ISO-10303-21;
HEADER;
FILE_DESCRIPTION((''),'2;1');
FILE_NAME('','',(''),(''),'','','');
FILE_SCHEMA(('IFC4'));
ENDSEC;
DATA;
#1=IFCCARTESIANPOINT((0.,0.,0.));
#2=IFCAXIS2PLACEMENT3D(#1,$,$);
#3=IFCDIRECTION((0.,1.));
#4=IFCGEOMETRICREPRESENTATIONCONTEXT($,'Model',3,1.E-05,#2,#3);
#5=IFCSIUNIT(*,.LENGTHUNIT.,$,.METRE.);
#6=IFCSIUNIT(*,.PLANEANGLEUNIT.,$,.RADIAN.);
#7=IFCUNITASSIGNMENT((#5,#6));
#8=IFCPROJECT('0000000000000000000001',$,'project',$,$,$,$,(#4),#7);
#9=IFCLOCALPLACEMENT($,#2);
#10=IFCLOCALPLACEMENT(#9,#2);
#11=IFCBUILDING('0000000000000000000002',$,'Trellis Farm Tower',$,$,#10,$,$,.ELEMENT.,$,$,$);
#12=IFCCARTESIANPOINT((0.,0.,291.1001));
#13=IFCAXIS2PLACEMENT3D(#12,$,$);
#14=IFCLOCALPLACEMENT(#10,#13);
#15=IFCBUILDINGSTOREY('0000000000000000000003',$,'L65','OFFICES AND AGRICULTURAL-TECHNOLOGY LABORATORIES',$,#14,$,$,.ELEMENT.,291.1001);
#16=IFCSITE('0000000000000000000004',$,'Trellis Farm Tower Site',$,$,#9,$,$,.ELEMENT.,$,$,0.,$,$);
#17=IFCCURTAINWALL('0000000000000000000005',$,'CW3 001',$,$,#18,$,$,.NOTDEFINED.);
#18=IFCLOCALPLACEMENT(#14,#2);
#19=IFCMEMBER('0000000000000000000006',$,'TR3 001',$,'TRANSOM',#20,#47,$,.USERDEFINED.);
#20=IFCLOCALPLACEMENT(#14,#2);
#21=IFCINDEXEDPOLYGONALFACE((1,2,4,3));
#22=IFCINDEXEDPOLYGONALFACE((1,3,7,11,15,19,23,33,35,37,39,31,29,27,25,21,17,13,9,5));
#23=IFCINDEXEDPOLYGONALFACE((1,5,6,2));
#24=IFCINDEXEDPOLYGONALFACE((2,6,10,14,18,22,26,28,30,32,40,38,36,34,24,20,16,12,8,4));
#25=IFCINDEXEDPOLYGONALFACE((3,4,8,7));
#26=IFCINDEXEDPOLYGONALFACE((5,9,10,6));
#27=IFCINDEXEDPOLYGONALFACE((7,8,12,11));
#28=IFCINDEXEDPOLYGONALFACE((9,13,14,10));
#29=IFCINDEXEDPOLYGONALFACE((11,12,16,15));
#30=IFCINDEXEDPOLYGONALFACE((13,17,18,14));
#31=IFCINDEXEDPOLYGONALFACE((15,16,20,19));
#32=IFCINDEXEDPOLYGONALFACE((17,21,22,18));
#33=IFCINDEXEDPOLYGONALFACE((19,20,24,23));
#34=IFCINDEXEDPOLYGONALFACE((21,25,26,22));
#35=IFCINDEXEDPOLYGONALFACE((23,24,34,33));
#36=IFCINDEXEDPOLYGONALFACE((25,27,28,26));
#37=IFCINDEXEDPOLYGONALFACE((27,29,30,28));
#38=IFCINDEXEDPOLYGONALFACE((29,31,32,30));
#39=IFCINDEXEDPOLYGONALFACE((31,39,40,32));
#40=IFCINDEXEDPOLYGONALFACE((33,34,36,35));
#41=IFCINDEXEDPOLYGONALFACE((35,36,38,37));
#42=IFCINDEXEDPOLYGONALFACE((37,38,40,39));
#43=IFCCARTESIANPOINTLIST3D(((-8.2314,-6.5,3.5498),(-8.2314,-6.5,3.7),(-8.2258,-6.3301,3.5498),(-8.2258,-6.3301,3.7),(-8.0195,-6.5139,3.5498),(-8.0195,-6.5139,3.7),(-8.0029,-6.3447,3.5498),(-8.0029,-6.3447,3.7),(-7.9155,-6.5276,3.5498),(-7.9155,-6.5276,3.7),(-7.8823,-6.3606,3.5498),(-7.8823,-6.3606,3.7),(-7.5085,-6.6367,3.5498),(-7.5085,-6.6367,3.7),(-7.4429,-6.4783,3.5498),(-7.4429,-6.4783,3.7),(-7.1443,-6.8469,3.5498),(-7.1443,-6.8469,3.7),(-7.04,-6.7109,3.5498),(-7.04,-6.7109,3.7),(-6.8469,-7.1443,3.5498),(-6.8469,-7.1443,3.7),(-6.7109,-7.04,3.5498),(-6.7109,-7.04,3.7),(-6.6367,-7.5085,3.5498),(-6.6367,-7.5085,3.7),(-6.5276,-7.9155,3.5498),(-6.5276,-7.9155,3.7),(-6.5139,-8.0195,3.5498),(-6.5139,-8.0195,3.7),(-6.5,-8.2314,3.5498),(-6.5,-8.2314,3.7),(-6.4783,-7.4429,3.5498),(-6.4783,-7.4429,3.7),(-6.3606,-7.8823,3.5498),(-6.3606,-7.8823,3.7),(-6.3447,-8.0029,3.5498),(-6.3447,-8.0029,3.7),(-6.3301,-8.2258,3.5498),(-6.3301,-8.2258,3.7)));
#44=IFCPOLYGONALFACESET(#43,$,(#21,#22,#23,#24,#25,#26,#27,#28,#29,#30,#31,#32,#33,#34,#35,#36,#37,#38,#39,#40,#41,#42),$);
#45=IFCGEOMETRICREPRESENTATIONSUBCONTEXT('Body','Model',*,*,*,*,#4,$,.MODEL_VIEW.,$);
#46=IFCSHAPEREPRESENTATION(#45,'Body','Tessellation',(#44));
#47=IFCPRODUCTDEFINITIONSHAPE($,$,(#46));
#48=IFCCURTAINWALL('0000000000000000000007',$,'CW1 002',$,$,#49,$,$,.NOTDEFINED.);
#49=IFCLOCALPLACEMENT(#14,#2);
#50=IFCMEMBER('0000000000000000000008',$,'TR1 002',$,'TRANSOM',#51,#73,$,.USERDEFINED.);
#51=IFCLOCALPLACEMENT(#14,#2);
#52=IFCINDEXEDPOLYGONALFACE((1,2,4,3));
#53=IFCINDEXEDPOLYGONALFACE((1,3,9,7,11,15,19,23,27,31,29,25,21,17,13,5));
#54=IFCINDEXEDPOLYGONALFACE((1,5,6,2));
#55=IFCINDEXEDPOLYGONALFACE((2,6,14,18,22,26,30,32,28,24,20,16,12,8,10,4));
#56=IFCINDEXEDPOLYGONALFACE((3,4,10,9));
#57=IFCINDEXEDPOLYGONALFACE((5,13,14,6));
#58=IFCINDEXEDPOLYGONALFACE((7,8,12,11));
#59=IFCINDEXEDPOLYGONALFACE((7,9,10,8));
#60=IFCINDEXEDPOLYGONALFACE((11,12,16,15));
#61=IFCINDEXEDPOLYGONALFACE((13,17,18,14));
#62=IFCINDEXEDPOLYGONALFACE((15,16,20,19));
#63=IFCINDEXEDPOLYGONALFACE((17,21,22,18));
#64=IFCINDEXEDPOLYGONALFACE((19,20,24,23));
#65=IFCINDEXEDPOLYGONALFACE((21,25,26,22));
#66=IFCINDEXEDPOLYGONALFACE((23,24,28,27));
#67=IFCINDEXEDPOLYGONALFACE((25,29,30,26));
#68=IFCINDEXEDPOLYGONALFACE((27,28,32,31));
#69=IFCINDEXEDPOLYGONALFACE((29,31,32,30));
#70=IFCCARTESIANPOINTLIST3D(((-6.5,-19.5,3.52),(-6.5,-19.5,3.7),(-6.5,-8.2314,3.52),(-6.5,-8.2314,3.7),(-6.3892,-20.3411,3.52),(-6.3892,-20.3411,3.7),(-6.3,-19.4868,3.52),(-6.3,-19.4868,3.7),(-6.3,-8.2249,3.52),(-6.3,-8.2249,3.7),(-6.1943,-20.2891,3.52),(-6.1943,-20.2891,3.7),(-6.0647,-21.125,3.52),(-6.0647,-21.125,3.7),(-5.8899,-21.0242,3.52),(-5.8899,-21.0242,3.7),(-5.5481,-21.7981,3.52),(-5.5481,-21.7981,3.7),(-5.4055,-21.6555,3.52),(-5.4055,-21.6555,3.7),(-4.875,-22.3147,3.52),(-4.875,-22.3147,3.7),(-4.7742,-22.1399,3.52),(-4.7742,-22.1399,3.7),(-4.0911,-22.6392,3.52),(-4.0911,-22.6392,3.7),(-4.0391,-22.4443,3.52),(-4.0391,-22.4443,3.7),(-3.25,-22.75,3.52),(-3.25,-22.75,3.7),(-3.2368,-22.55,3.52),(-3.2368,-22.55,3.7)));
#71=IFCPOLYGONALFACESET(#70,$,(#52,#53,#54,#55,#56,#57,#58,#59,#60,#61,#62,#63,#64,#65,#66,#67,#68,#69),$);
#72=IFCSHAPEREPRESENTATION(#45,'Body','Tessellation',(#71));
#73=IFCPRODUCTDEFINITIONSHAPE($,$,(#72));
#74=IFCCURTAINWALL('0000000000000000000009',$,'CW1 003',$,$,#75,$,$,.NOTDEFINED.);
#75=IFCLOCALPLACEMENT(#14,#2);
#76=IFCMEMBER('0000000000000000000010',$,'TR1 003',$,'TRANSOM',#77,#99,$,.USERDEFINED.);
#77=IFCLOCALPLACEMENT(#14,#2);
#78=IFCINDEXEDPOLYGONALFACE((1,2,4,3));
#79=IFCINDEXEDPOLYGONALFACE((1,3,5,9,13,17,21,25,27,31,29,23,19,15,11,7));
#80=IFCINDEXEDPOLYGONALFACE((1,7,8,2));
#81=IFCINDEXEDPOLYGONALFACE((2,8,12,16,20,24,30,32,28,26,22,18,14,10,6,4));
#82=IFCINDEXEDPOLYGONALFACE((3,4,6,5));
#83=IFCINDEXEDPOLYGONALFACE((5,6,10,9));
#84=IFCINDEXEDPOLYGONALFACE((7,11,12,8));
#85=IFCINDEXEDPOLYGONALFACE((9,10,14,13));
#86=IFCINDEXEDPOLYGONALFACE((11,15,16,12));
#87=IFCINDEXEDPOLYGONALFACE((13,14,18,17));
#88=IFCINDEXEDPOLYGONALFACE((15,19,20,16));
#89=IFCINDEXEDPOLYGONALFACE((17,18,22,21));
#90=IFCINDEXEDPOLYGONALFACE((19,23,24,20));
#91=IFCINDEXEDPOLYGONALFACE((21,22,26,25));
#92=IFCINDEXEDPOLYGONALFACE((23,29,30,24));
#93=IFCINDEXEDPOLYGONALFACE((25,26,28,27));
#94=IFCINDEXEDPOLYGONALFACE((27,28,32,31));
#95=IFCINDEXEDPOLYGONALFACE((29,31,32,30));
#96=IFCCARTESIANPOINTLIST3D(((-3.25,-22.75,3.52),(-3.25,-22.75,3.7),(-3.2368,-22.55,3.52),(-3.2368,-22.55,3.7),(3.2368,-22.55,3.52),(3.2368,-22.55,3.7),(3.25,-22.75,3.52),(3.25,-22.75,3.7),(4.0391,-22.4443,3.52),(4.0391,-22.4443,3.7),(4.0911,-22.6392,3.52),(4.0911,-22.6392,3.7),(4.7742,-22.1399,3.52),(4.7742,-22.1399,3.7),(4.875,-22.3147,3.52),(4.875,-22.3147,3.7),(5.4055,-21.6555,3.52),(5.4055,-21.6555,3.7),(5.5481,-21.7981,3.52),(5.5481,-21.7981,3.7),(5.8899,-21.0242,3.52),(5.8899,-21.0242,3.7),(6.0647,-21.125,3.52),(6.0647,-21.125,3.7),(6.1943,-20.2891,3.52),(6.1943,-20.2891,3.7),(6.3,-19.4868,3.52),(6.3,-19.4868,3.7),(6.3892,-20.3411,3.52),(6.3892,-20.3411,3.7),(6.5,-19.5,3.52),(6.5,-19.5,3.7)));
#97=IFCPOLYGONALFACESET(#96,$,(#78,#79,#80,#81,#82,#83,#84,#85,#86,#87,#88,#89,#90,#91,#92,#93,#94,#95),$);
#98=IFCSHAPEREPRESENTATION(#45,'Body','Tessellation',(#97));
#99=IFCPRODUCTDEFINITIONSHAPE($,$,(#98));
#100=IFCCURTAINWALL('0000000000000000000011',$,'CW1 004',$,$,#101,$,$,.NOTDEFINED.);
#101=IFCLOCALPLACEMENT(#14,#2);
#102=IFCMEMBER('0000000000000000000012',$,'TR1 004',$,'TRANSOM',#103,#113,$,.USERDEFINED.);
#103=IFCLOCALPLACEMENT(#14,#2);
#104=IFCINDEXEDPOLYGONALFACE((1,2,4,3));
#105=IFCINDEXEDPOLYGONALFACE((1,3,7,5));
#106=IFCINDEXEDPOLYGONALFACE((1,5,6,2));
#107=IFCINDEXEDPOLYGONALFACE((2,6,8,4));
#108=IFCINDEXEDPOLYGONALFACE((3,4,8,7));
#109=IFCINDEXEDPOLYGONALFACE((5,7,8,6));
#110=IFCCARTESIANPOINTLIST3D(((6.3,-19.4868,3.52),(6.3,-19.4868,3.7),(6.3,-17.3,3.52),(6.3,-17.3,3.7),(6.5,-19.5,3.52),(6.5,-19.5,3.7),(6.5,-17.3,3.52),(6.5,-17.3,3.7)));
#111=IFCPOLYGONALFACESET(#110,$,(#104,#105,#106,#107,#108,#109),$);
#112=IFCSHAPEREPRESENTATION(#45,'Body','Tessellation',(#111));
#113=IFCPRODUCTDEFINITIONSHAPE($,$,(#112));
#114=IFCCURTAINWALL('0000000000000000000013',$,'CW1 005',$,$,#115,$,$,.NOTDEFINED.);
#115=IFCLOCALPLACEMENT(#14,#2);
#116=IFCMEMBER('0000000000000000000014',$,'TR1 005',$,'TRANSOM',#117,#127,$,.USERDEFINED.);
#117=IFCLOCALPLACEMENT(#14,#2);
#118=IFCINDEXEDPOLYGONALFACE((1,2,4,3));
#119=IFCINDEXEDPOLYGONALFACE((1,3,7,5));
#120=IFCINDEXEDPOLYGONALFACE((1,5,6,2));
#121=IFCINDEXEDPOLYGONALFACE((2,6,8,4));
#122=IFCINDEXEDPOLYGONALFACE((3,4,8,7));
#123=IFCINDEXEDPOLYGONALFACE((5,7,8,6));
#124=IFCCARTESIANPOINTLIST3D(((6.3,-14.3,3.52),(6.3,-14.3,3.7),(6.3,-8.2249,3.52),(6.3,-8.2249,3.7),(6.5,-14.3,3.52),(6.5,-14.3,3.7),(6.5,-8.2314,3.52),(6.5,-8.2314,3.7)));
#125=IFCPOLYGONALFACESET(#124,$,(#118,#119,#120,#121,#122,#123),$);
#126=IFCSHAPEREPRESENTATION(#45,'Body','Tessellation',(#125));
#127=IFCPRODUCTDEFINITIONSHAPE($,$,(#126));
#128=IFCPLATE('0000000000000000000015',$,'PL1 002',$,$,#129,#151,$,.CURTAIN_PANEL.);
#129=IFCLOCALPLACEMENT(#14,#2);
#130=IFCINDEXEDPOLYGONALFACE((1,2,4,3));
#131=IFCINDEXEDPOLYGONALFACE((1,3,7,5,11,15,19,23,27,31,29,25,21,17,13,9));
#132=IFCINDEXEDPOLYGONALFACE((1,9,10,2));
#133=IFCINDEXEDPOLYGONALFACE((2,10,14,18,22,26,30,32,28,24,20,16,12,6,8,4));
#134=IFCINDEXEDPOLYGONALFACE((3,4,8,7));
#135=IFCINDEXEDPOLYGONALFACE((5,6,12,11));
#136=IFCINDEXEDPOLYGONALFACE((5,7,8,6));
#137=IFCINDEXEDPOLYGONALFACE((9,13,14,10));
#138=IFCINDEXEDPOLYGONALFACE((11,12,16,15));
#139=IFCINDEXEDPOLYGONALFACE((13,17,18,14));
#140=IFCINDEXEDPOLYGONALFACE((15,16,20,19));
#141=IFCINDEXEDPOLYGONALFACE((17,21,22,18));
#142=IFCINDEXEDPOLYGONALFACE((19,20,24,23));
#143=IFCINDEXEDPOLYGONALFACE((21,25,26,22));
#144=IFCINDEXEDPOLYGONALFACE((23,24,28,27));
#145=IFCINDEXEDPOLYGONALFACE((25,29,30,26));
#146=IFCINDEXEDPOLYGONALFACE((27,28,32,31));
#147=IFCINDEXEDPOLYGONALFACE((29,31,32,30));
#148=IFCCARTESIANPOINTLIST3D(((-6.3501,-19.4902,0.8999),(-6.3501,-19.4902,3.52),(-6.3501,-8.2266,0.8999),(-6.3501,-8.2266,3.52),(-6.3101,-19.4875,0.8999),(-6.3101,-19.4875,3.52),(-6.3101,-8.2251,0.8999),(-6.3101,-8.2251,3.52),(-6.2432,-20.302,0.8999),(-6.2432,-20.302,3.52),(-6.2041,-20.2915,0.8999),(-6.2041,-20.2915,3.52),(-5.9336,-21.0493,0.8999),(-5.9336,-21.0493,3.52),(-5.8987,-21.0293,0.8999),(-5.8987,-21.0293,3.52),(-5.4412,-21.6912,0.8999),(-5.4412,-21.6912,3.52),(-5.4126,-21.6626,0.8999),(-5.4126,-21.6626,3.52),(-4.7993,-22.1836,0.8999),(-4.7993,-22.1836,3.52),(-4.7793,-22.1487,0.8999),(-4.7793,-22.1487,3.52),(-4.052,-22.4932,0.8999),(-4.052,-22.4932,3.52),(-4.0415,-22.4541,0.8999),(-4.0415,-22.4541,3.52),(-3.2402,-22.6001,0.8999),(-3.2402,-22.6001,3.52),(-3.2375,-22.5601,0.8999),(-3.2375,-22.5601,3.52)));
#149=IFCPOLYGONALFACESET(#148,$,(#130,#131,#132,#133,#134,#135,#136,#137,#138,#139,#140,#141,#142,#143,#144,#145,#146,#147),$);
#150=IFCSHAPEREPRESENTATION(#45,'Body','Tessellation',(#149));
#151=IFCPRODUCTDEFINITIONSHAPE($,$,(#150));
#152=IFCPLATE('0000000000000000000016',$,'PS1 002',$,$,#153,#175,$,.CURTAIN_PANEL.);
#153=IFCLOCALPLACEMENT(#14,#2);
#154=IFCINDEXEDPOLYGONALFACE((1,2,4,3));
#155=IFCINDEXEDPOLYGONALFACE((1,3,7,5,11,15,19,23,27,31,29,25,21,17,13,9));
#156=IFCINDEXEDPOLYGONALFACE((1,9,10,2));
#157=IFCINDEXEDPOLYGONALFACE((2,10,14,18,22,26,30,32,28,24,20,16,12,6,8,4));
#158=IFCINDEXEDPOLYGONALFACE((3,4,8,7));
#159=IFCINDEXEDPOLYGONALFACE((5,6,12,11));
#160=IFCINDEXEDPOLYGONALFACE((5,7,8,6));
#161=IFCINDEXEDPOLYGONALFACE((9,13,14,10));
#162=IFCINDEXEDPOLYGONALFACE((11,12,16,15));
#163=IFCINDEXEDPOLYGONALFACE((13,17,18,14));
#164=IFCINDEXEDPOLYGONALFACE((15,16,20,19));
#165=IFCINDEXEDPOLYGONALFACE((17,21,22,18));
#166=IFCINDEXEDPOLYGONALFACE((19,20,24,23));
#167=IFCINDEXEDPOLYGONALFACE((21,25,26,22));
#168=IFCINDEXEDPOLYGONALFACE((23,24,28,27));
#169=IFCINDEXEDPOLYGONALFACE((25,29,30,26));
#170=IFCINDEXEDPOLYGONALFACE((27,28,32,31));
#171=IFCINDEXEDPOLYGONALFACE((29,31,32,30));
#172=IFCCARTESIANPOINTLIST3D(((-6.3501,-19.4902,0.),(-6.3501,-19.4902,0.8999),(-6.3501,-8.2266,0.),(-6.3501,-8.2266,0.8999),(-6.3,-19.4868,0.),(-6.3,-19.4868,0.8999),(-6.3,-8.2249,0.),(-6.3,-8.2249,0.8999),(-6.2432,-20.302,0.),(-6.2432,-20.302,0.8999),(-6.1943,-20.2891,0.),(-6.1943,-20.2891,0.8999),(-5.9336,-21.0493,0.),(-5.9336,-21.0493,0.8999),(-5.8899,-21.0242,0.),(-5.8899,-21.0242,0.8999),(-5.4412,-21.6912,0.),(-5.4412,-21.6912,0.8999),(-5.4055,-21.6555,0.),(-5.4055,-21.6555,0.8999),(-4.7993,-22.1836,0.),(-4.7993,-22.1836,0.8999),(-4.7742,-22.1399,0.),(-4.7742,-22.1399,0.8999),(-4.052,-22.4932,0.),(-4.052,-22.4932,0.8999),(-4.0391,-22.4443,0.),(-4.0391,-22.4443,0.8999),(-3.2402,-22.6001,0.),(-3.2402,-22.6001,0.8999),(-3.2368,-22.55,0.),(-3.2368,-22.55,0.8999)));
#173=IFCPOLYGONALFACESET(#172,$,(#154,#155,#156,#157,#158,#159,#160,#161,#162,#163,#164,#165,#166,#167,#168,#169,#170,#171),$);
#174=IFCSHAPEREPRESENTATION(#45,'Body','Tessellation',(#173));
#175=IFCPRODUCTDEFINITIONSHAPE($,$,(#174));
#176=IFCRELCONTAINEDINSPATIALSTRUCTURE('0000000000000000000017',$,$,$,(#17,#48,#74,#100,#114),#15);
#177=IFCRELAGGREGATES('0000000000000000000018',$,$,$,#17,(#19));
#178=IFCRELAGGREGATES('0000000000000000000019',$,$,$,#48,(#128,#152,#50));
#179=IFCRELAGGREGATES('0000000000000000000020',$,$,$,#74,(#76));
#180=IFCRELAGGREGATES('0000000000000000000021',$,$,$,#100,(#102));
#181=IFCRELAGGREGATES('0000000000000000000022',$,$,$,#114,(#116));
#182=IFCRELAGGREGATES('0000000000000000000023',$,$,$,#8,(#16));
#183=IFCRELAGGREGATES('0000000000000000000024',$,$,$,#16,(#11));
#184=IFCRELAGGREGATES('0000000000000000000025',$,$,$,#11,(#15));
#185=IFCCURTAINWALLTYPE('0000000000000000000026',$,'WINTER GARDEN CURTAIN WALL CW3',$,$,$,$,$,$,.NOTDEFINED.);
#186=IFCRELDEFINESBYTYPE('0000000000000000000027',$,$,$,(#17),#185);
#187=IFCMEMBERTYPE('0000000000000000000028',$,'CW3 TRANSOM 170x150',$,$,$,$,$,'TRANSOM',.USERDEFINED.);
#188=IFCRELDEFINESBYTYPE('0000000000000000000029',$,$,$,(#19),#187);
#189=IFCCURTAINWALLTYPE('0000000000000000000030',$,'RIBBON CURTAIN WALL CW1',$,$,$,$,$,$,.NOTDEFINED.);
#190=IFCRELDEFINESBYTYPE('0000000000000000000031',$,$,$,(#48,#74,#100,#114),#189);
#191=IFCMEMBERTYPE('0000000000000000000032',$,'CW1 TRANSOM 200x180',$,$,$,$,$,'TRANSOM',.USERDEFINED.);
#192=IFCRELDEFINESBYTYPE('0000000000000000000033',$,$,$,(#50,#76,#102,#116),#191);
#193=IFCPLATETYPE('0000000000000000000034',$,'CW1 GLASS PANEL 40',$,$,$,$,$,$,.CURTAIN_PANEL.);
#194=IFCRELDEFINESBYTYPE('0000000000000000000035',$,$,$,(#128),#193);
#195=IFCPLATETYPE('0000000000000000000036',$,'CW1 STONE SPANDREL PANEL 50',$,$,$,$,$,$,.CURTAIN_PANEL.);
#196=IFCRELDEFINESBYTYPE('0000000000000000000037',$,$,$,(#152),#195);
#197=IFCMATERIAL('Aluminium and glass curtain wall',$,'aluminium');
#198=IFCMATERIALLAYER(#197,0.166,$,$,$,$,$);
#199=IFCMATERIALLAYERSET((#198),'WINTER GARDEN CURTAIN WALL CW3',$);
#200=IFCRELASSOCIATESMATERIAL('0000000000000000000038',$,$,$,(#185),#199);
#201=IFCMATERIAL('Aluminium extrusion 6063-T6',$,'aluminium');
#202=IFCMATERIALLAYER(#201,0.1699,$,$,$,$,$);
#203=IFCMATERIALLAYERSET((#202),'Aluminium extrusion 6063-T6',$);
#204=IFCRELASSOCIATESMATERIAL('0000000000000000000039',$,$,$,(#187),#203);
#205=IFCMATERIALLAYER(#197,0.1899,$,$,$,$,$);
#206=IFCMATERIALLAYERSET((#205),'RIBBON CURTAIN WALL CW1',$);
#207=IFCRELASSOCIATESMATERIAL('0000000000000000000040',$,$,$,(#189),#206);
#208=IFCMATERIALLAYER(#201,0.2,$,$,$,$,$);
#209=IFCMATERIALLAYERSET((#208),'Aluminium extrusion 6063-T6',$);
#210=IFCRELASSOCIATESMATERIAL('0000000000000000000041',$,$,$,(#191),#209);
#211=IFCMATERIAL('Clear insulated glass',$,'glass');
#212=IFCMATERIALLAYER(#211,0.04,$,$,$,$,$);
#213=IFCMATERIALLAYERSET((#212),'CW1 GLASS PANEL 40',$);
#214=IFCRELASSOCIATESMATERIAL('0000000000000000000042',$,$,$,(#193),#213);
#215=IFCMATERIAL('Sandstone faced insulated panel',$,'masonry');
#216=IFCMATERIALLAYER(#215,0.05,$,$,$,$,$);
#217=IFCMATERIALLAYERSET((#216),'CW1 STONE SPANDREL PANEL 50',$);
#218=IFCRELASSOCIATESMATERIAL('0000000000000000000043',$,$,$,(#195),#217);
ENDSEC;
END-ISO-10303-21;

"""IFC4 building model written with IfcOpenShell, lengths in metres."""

from ifc_helpers import new_model, si_unit, direction, frame, origin, place, context, subcontext, project, spatial, polyline, outline, extrude, source, transform, mapped, material, layer, layer_set, type_object, element, aggregate, save


model = new_model("IFC4")

# Units and contexts
model_context = context("Model", 3, precision=1e-05, world=origin(), true_north=direction((0.0, 1.0)))
body_context = subcontext(model_context, "Body", "Model", "MODEL_VIEW")
ifc_project = project(units=[si_unit("LENGTHUNIT", "METRE"), si_unit("PLANEANGLEUNIT", "RADIAN")], contexts=[model_context])

# Site, building, storey
site_placement = place(None, origin())
site = spatial("IfcSite", under=ifc_project, at=site_placement, Name="Trellis Farm Tower Site", CompositionType="ELEMENT", RefElevation=0.0)
building_placement = place(site_placement, origin())
building = spatial("IfcBuilding", under=site, at=building_placement, Name="Trellis Farm Tower", CompositionType="ELEMENT")
storey_placement = place(building_placement, frame((0.0, 0.0, 291.1001)))
storey = spatial("IfcBuildingStorey", under=building, at=storey_placement, Name="L65", Description="OFFICES AND AGRICULTURAL-TECHNOLOGY LABORATORIES", CompositionType="ELEMENT", Elevation=291.1001)

# Curtain walls, members
ifc_material_1 = material(Name="Aluminium and glass curtain wall", Category="aluminium")
ifc_layer_1 = layer(ifc_material_1, 0.166)
ifc_layer_set_1 = layer_set([ifc_layer_1], Name="WINTER GARDEN CURTAIN WALL CW3")
curtain_wall_type_1 = type_object("IfcCurtainWallType", Name="WINTER GARDEN CURTAIN WALL CW3", PredefinedType="NOTDEFINED", material=ifc_layer_set_1)
placement_1 = place(storey_placement, origin())
curtain_wall_1 = element("IfcCurtainWall", 1, at=placement_1, inside=storey, type_object=curtain_wall_type_1, Name="CW3 001", PredefinedType="NOTDEFINED")
ifc_material_2 = material(Name="Aluminium extrusion 6063-T6", Category="aluminium")
ifc_layer_2 = layer(ifc_material_2, 0.1699)
ifc_layer_set_2 = layer_set([ifc_layer_2], Name="Aluminium extrusion 6063-T6")
member_type_1 = type_object("IfcMemberType", Name="CW3 TRANSOM 170x150", ElementType="TRANSOM", PredefinedType="USERDEFINED", material=ifc_layer_set_2)
shared_shape_1 = source(origin(), body_context, "Body", "SweptSolid", [
    extrude(outline(polyline([(-8.2314, -6.5), (-8.0195, -6.5139), (-7.9155, -6.5276), (-7.5085, -6.6367), (-7.1443, -6.8469), (-6.8469, -7.1443), (-6.6367, -7.5085), (-6.5276, -7.9155), (-6.5139, -8.0195), (-6.5, -8.2314), (-6.3301, -8.2258), (-6.3447, -8.0029), (-6.3606, -7.8823), (-6.4783, -7.4429), (-6.7109, -7.04), (-7.04, -6.7109), (-7.4429, -6.4783), (-7.8823, -6.3606), (-8.0029, -6.3447), (-8.2258, -6.3301), (-8.2314, -6.5)])), origin(), (0.0, 0.0, 1.0), 0.1501),
])
member_1_placement = place(storey_placement, frame((0.0, 0.0, 3.5498)))
member_1 = element("IfcMember", 2, at=member_1_placement, type_object=member_type_1, Name="TR3 001", ObjectType="TRANSOM", PredefinedType="USERDEFINED", context=body_context, shape_type="MappedRepresentation", body=[
    mapped(shared_shape_1, transform((0.0, 0.0, 0.0))),
])
aggregate(curtain_wall_1, [member_1])
ifc_layer_3 = layer(ifc_material_1, 0.1899)
ifc_layer_set_3 = layer_set([ifc_layer_3], Name="RIBBON CURTAIN WALL CW1")
curtain_wall_type_2 = type_object("IfcCurtainWallType", Name="RIBBON CURTAIN WALL CW1", PredefinedType="NOTDEFINED", material=ifc_layer_set_3)
curtain_wall_2 = element("IfcCurtainWall", 3, at=placement_1, inside=storey, type_object=curtain_wall_type_2, Name="CW1 002", PredefinedType="NOTDEFINED")
ifc_layer_4 = layer(ifc_material_2, 0.2)
ifc_layer_set_4 = layer_set([ifc_layer_4], Name="Aluminium extrusion 6063-T6")
member_type_2 = type_object("IfcMemberType", Name="CW1 TRANSOM 200x180", ElementType="TRANSOM", PredefinedType="USERDEFINED", material=ifc_layer_set_4)
shared_shape_2 = source(origin(), body_context, "Body", "SweptSolid", [
    extrude(outline(polyline([(-6.5, -8.2314), (-6.5, -19.5), (-6.3892, -20.3411), (-6.0647, -21.125), (-5.5481, -21.7981), (-4.875, -22.3147), (-4.0911, -22.6392), (-3.25, -22.75), (-3.2368, -22.55), (-4.0391, -22.4443), (-4.7742, -22.1399), (-5.4055, -21.6555), (-5.8899, -21.0242), (-6.1943, -20.2891), (-6.3, -19.4868), (-6.3, -8.2249), (-6.5, -8.2314)])), origin(), (0.0, 0.0, 1.0), 0.1799),
])
placement_2 = place(storey_placement, frame((0.0, 0.0, 3.52)))
member_2 = element("IfcMember", 4, at=placement_2, type_object=member_type_2, Name="TR1 002", ObjectType="TRANSOM", PredefinedType="USERDEFINED", context=body_context, shape_type="MappedRepresentation", body=[
    mapped(shared_shape_2, transform((0.0, 0.0, 0.0))),
])
curtain_wall_3 = element("IfcCurtainWall", 5, at=placement_1, inside=storey, type_object=curtain_wall_type_2, Name="CW1 003", PredefinedType="NOTDEFINED")
shared_shape_3 = source(origin(), body_context, "Body", "SweptSolid", [
    extrude(outline(polyline([(-3.25, -22.75), (3.25, -22.75), (4.0911, -22.6392), (4.875, -22.3147), (5.5481, -21.7981), (6.0647, -21.125), (6.3892, -20.3411), (6.5, -19.5), (6.3, -19.4868), (6.1943, -20.2891), (5.8899, -21.0242), (5.4055, -21.6555), (4.7742, -22.1399), (4.0391, -22.4443), (3.2368, -22.55), (-3.2368, -22.55), (-3.25, -22.75)])), origin(), (0.0, 0.0, 1.0), 0.1799),
])
member_3 = element("IfcMember", 6, at=placement_2, type_object=member_type_2, Name="TR1 003", ObjectType="TRANSOM", PredefinedType="USERDEFINED", context=body_context, shape_type="MappedRepresentation", body=[
    mapped(shared_shape_3, transform((0.0, 0.0, 0.0))),
])
curtain_wall_4 = element("IfcCurtainWall", 7, at=placement_1, inside=storey, type_object=curtain_wall_type_2, Name="CW1 004", PredefinedType="NOTDEFINED")
shared_shape_4 = source(origin(), body_context, "Body", "SweptSolid", [
    extrude(outline(polyline([(6.5, -19.5), (6.5, -17.3), (6.3, -17.3), (6.3, -19.4868), (6.5, -19.5)])), origin(), (0.0, 0.0, 1.0), 0.1799),
])
member_4 = element("IfcMember", 8, at=placement_2, type_object=member_type_2, Name="TR1 004", ObjectType="TRANSOM", PredefinedType="USERDEFINED", context=body_context, shape_type="MappedRepresentation", body=[
    mapped(shared_shape_4, transform((0.0, 0.0, 0.0))),
])
curtain_wall_5 = element("IfcCurtainWall", 9, at=placement_1, inside=storey, type_object=curtain_wall_type_2, Name="CW1 005", PredefinedType="NOTDEFINED")
shared_shape_5 = source(origin(), body_context, "Body", "SweptSolid", [
    extrude(outline(polyline([(6.5, -14.3), (6.5, -8.2314), (6.3, -8.2249), (6.3, -14.3), (6.5, -14.3)])), origin(), (0.0, 0.0, 1.0), 0.1799),
])
member_5 = element("IfcMember", 10, at=placement_2, type_object=member_type_2, Name="TR1 005", ObjectType="TRANSOM", PredefinedType="USERDEFINED", context=body_context, shape_type="MappedRepresentation", body=[
    mapped(shared_shape_5, transform((0.0, 0.0, 0.0))),
])

# Plates
ifc_material_3 = material(Name="Clear insulated glass", Category="glass")
ifc_layer_5 = layer(ifc_material_3, 0.04)
ifc_layer_set_5 = layer_set([ifc_layer_5], Name="CW1 GLASS PANEL 40")
plate_type_1 = type_object("IfcPlateType", Name="CW1 GLASS PANEL 40", PredefinedType="CURTAIN_PANEL", material=ifc_layer_set_5)
shared_shape_6 = source(origin(), body_context, "Body", "SweptSolid", [
    extrude(outline(polyline([(-6.3501, -8.2266), (-6.3501, -19.4902), (-6.2432, -20.302), (-5.9336, -21.0493), (-5.4412, -21.6912), (-4.7993, -22.1836), (-4.052, -22.4932), (-3.2402, -22.6001), (-3.2375, -22.5601), (-4.0415, -22.4541), (-4.7793, -22.1487), (-5.4126, -21.6626), (-5.8987, -21.0293), (-6.2041, -20.2915), (-6.3101, -19.4875), (-6.3101, -8.2251), (-6.3501, -8.2266)])), origin(), (0.0, 0.0, 1.0), 2.6201),
])
placement_3 = place(storey_placement, frame((0.0, 0.0, 0.8999)))
plate_1 = element("IfcPlate", 11, at=placement_3, type_object=plate_type_1, Name="PL1 002", PredefinedType="CURTAIN_PANEL", context=body_context, shape_type="MappedRepresentation", body=[
    mapped(shared_shape_6, transform((0.0, 0.0, 0.0))),
])
ifc_material_4 = material(Name="Sandstone faced insulated panel", Category="masonry")
ifc_layer_6 = layer(ifc_material_4, 0.05)
ifc_layer_set_6 = layer_set([ifc_layer_6], Name="CW1 STONE SPANDREL PANEL 50")
plate_type_2 = type_object("IfcPlateType", Name="CW1 STONE SPANDREL PANEL 50", PredefinedType="CURTAIN_PANEL", material=ifc_layer_set_6)
shared_shape_7 = source(origin(), body_context, "Body", "SweptSolid", [
    extrude(outline(polyline([(-6.3501, -8.2266), (-6.3501, -19.4902), (-6.2432, -20.302), (-5.9336, -21.0493), (-5.4412, -21.6912), (-4.7993, -22.1836), (-4.052, -22.4932), (-3.2402, -22.6001), (-3.2368, -22.55), (-4.0391, -22.4443), (-4.7742, -22.1399), (-5.4055, -21.6555), (-5.8899, -21.0242), (-6.1943, -20.2891), (-6.3, -19.4868), (-6.3, -8.2249), (-6.3501, -8.2266)])), origin(), (0.0, 0.0, 1.0), 0.8999),
])
plate_2 = element("IfcPlate", 12, at=placement_1, type_object=plate_type_2, Name="PS1 002", PredefinedType="CURTAIN_PANEL", context=body_context, shape_type="MappedRepresentation", body=[
    mapped(shared_shape_7, transform((0.0, 0.0, 0.0))),
])
aggregate(curtain_wall_2, [plate_1, plate_2, member_2])
aggregate(curtain_wall_3, [member_3])
aggregate(curtain_wall_4, [member_4])
aggregate(curtain_wall_5, [member_5])

save(model, "model.ifc")
